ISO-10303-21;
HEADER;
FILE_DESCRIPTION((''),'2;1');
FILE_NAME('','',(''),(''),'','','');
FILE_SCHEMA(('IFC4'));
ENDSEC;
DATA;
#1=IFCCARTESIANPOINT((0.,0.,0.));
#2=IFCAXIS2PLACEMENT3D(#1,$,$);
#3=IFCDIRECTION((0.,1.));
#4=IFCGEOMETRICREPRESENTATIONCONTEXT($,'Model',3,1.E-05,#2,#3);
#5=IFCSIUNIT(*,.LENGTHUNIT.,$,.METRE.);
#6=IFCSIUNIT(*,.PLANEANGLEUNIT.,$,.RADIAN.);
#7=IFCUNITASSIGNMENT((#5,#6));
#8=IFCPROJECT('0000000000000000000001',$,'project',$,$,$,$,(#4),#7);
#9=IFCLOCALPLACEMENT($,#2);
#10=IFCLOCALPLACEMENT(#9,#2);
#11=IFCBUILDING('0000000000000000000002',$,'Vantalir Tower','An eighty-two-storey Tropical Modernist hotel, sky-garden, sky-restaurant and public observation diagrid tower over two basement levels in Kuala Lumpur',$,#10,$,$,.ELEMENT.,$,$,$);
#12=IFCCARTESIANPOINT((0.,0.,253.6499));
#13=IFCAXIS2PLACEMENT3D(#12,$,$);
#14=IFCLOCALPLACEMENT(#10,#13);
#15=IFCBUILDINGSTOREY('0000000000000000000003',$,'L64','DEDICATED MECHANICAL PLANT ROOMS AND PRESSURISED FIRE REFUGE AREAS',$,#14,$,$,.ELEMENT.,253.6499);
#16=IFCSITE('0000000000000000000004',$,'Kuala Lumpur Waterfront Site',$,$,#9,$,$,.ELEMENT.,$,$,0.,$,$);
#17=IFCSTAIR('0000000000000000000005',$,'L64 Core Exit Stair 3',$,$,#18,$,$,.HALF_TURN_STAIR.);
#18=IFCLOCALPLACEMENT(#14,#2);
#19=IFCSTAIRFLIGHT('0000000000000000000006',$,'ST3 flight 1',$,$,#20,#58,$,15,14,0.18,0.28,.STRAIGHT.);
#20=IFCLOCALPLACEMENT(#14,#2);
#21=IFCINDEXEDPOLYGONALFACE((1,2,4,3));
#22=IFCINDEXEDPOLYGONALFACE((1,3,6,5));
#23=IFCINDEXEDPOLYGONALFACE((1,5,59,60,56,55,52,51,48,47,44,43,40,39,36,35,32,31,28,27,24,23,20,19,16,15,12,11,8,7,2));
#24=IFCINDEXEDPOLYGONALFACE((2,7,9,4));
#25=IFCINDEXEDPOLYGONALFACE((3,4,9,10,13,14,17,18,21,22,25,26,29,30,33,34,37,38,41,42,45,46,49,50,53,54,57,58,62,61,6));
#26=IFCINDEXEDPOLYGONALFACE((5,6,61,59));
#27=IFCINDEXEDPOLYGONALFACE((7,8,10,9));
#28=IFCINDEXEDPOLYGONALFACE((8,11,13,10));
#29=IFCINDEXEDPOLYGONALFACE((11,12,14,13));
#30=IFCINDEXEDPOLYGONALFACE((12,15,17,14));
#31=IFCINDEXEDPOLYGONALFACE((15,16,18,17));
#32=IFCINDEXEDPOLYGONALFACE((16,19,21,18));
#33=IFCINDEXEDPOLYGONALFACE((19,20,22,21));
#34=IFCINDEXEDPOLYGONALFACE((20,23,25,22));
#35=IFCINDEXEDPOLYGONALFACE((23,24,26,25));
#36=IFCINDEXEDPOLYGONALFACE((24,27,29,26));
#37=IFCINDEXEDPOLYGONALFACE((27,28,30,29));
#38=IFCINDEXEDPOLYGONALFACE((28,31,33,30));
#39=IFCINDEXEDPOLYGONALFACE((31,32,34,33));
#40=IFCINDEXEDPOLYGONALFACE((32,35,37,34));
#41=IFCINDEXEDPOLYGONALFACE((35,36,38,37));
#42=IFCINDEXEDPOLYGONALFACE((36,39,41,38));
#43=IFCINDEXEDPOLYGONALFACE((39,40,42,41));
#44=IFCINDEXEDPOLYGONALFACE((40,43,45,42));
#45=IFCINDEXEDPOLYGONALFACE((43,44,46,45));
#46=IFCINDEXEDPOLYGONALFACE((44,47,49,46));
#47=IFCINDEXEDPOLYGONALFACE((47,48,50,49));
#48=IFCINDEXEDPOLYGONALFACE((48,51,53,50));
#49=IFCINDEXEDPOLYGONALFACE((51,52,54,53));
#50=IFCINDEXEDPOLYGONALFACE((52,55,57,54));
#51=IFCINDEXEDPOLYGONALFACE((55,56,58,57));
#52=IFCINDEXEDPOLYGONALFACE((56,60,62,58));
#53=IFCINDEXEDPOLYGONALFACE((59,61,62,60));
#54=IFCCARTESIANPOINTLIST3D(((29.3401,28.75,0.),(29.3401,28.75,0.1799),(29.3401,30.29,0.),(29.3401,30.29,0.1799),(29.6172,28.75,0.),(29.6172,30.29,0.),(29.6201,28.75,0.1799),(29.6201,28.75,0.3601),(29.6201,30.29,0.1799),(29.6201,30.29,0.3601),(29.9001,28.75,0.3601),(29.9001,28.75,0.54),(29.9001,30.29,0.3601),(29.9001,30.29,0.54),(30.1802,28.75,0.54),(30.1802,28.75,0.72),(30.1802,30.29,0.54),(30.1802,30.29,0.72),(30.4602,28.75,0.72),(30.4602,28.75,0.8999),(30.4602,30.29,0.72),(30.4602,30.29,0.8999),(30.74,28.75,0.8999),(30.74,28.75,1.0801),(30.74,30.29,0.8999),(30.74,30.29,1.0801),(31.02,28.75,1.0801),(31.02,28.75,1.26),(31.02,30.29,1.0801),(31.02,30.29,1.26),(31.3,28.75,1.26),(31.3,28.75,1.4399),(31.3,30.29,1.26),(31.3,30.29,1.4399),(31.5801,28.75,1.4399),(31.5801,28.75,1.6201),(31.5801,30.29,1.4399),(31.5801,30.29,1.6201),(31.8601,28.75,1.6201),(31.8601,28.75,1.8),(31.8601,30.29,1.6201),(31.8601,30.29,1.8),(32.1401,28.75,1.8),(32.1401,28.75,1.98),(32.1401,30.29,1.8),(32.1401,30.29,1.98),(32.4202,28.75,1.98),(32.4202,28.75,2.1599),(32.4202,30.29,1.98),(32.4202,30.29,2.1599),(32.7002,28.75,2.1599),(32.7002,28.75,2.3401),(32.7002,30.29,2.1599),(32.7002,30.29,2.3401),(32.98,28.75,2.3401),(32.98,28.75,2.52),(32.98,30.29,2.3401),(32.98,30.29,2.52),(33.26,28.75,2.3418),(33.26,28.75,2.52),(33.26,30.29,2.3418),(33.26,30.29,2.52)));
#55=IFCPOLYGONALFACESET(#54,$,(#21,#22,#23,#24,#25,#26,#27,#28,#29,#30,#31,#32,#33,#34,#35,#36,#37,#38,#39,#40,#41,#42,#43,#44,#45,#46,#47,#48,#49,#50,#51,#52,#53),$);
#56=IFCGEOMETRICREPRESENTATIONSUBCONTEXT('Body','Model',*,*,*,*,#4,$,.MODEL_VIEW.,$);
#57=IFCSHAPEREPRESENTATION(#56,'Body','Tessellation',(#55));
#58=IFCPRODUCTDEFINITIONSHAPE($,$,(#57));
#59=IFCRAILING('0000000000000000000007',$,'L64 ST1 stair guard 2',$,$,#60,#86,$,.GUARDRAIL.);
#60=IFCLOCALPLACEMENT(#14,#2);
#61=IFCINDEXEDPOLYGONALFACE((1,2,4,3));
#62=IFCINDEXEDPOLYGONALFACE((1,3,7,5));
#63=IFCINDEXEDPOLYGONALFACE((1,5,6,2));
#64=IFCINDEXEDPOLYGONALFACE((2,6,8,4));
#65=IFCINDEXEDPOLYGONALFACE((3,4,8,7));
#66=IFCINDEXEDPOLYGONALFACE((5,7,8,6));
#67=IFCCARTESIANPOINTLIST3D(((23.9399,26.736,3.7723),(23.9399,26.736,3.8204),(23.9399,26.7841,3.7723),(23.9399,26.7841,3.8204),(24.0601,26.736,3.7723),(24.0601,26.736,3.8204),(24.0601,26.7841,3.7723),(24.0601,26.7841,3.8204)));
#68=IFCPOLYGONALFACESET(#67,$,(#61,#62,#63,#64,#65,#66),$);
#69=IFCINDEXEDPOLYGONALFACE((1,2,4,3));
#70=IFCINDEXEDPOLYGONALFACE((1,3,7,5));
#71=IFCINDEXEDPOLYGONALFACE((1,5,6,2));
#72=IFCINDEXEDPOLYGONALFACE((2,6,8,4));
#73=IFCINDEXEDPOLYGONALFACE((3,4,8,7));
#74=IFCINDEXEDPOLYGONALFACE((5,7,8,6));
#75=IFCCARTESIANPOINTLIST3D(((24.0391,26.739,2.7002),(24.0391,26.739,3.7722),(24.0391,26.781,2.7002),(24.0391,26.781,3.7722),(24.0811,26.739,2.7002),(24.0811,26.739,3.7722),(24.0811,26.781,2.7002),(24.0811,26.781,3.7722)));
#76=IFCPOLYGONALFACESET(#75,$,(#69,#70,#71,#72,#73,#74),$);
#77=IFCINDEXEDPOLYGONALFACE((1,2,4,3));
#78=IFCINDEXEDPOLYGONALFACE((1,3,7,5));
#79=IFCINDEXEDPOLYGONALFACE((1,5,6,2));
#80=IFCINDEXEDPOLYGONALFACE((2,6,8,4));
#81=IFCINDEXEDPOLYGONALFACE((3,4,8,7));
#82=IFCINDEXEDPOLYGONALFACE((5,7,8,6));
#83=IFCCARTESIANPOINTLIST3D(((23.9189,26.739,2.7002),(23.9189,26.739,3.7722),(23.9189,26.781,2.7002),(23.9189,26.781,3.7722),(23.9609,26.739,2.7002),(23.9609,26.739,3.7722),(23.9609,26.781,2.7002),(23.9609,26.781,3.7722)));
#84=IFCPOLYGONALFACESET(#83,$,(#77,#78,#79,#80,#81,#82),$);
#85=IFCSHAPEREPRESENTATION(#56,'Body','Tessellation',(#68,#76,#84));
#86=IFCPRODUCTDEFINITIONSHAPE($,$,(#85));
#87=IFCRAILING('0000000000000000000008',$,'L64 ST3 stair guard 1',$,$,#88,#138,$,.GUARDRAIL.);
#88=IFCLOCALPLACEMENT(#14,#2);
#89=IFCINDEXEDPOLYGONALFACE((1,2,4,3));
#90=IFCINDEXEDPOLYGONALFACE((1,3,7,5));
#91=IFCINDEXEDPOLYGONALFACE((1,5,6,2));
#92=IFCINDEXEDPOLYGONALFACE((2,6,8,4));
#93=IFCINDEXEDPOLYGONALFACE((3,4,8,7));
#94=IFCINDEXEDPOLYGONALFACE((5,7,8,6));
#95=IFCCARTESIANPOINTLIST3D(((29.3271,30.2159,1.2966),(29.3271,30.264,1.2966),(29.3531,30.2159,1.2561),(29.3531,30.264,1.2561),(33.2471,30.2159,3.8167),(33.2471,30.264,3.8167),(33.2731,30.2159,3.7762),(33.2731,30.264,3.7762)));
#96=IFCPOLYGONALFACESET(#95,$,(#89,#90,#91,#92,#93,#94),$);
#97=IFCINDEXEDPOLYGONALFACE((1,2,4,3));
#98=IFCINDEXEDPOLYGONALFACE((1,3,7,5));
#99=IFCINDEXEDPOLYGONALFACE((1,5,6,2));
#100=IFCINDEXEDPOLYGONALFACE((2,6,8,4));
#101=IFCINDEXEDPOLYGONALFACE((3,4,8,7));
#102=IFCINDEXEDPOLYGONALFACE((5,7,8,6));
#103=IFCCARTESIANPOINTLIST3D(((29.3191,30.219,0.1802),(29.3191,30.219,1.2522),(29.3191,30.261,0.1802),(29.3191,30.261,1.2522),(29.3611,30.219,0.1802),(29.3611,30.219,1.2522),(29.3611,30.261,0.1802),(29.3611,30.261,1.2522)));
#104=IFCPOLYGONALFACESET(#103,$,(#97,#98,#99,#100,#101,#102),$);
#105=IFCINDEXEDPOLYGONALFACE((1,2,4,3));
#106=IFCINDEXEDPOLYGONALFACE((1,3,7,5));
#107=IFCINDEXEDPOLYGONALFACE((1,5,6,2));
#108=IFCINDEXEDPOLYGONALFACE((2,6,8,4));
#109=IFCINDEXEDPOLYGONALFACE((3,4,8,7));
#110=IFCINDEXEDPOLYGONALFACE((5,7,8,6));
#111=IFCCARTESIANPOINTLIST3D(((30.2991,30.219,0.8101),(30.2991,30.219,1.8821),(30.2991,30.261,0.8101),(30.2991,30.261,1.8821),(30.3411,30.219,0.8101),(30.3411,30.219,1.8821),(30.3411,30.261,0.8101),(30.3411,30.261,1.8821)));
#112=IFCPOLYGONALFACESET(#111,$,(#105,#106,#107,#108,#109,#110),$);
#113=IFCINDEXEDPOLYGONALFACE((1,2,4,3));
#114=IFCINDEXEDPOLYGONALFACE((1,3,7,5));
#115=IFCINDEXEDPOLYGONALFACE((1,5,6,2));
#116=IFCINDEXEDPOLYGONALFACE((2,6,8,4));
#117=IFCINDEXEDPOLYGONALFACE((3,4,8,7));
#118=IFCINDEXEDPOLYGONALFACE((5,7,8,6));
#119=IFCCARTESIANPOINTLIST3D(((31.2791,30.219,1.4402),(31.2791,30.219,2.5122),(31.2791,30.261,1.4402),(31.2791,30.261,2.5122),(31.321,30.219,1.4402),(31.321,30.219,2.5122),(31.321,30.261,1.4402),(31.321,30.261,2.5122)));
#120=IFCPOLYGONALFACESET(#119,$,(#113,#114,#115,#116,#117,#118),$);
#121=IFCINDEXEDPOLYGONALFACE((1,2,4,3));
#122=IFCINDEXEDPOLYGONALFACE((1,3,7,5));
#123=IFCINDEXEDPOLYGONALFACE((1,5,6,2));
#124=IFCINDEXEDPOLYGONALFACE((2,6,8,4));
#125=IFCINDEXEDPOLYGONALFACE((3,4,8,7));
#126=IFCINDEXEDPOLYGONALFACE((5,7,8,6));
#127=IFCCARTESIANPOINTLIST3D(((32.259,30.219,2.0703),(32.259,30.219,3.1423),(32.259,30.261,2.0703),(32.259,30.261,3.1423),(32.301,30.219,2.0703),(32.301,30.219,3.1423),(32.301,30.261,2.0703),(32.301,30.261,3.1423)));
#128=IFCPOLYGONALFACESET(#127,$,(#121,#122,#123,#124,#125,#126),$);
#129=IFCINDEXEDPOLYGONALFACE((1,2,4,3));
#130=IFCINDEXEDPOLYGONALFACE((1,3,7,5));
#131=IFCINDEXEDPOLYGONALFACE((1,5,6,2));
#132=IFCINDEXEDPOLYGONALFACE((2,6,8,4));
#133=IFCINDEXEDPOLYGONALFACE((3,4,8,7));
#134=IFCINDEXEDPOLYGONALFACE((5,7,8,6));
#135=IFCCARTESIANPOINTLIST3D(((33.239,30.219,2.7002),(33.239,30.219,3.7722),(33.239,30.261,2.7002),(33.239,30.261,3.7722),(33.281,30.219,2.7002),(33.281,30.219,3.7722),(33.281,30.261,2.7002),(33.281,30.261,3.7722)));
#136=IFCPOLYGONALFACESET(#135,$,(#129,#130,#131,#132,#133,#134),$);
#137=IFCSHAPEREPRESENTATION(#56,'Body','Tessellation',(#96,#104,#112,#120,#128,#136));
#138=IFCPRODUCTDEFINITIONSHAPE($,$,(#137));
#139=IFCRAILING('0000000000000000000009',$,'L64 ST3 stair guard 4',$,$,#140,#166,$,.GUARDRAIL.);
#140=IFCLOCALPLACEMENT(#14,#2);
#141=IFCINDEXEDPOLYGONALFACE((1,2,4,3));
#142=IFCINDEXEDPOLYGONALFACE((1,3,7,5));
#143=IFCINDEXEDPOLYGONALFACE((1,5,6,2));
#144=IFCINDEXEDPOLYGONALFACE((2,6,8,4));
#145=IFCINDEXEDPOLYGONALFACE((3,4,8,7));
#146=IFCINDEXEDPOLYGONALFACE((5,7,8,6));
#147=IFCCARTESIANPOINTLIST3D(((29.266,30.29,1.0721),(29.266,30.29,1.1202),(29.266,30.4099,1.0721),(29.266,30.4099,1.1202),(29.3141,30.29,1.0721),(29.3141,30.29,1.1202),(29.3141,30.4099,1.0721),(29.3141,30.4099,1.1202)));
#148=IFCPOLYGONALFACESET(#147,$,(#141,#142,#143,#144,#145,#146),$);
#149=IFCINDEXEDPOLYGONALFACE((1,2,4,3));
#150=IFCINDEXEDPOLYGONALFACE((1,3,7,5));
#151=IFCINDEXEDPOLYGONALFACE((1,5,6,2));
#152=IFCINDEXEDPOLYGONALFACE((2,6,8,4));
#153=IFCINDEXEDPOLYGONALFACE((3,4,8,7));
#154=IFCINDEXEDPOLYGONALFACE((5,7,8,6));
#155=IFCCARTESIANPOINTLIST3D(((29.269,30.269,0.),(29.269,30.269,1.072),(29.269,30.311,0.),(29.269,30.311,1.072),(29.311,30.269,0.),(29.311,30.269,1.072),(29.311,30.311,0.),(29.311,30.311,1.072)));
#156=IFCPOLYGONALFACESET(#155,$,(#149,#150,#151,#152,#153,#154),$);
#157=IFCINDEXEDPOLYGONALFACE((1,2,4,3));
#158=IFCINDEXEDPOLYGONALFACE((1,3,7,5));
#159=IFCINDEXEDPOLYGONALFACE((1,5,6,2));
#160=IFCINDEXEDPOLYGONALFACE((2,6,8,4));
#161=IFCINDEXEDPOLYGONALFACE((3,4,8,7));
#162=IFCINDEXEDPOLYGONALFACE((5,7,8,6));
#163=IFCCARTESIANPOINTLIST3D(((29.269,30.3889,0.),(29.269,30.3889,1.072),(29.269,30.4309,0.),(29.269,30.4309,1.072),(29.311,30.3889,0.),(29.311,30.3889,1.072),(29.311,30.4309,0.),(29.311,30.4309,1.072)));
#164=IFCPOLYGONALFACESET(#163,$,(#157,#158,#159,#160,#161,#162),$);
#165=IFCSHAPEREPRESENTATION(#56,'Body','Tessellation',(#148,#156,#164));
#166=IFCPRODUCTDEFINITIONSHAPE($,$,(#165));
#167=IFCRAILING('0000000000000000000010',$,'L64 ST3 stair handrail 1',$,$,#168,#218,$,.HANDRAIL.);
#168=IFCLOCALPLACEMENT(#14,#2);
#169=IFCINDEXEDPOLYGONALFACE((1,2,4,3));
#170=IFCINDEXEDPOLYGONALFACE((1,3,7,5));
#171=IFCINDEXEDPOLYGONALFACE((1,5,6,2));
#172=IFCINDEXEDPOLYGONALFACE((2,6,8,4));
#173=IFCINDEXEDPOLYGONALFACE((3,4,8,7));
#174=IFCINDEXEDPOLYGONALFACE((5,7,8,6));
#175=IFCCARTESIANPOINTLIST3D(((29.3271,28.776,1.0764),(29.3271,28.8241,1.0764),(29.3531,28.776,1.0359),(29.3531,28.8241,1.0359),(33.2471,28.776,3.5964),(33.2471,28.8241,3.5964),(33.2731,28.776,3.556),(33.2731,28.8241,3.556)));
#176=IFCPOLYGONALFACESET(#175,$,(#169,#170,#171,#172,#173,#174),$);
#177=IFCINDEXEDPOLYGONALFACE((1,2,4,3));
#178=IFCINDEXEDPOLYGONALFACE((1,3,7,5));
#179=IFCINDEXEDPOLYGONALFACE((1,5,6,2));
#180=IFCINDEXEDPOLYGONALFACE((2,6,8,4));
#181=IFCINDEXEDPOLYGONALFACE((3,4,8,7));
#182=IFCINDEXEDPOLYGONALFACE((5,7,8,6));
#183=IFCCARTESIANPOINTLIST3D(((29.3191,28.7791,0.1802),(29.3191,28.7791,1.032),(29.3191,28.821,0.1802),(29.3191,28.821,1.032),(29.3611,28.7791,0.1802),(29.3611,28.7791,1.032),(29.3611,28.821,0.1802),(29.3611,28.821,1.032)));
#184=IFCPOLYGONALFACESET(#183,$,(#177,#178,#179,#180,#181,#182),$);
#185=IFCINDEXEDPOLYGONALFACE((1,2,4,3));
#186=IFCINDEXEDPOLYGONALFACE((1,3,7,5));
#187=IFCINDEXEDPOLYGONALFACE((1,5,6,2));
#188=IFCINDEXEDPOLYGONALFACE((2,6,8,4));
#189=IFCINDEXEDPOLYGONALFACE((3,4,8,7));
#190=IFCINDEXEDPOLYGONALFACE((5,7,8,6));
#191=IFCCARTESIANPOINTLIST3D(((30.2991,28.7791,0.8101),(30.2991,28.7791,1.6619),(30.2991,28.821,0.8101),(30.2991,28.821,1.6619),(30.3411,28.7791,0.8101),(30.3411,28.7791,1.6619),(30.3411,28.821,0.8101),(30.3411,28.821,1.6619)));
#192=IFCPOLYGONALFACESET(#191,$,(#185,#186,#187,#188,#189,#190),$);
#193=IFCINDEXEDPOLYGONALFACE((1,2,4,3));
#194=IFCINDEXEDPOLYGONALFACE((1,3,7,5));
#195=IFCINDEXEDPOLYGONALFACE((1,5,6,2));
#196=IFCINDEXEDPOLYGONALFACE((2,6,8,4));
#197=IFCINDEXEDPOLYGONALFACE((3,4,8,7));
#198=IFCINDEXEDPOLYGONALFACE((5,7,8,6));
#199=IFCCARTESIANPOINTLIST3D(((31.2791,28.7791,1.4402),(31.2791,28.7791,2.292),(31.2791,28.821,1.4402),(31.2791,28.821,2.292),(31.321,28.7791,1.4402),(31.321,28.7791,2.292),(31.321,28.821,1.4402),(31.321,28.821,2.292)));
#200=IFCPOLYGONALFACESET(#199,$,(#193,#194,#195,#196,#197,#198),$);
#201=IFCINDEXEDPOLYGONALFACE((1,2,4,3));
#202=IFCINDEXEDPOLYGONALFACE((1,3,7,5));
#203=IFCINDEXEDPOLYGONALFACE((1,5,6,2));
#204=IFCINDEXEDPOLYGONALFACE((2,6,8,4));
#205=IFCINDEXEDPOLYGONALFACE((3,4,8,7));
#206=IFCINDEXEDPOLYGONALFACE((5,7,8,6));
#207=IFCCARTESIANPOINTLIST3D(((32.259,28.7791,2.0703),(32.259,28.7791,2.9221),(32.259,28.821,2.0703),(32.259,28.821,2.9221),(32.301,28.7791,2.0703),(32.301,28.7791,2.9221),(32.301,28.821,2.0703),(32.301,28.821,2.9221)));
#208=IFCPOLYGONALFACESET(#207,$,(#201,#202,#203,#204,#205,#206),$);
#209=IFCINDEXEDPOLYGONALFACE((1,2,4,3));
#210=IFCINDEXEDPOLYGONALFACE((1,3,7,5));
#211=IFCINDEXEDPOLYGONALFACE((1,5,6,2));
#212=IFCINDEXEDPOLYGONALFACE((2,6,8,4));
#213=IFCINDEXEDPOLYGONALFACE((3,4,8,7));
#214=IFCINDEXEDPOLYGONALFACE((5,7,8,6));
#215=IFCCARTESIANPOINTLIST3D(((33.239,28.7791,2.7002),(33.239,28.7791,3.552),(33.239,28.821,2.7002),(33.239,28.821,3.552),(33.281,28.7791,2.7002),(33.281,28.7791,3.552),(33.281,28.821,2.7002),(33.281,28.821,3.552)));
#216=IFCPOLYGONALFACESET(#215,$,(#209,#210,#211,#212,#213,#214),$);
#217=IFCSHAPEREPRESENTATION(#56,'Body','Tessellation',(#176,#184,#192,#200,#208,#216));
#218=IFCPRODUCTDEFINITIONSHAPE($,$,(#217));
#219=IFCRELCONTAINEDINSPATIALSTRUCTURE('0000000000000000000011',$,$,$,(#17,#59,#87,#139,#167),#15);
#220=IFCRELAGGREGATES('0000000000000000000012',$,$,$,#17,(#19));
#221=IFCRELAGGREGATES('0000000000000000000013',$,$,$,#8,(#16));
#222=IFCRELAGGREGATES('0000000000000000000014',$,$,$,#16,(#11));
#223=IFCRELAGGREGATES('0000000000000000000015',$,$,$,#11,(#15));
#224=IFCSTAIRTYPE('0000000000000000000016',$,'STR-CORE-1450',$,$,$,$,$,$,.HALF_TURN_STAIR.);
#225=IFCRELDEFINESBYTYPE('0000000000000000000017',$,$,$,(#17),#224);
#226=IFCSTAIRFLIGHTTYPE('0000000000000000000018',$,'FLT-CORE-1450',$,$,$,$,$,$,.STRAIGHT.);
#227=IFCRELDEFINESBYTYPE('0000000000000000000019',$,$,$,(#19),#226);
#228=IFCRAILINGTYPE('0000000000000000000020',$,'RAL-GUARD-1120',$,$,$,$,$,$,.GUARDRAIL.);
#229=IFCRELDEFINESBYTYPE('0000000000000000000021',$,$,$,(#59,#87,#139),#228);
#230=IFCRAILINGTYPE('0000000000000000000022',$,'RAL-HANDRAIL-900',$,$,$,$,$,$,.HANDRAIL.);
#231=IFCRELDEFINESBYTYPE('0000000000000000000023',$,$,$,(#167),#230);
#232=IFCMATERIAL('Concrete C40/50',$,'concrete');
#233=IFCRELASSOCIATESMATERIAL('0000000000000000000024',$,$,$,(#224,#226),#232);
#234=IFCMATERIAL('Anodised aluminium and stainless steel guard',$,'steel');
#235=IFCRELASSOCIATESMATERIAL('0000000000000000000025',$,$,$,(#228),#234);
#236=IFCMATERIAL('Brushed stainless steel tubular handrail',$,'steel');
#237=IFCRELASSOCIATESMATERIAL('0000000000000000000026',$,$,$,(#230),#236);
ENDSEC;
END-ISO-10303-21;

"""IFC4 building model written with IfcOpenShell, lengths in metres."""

from ifc_helpers import new_model, si_unit, direction, frame, origin, origin_2d, place, context, subcontext, project, spatial, polyline, rectangle, outline, extrude, material, type_object, element, aggregate, save


model = new_model("IFC4")

# Units and contexts
model_context = context("Model", 3, precision=1e-05, world=origin(), true_north=direction((0.0, 1.0)))
body_context = subcontext(model_context, "Body", "Model", "MODEL_VIEW")
ifc_project = project(units=[si_unit("LENGTHUNIT", "METRE"), si_unit("PLANEANGLEUNIT", "RADIAN")], contexts=[model_context])

# Site, building, storey
site_placement = place(None, origin())
site = spatial("IfcSite", under=ifc_project, at=site_placement, Name="Kuala Lumpur Waterfront Site", CompositionType="ELEMENT", RefElevation=0.0)
building_placement = place(site_placement, origin())
building = spatial("IfcBuilding", under=site, at=building_placement, Name="Vantalir Tower", Description="An eighty-two-storey Tropical Modernist hotel, sky-garden, sky-restaurant and public observation diagrid tower over two basement levels in Kuala Lumpur", CompositionType="ELEMENT")
storey_placement = place(building_placement, frame((0.0, 0.0, 253.6499)))
storey = spatial("IfcBuildingStorey", under=building, at=storey_placement, Name="L64", Description="DEDICATED MECHANICAL PLANT ROOMS AND PRESSURISED FIRE REFUGE AREAS", CompositionType="ELEMENT", Elevation=253.6499)

# Stair, stair flight
ifc_material_1 = material(Name="Concrete C40/50", Category="concrete")
stair_type = type_object("IfcStairType", Name="STR-CORE-1450", PredefinedType="HALF_TURN_STAIR", material=ifc_material_1)
stair_placement = place(storey_placement, origin())
stair = element("IfcStair", 1, at=stair_placement, inside=storey, type_object=stair_type, Name="L64 Core Exit Stair 3", PredefinedType="HALF_TURN_STAIR")
stair_flight_type = type_object("IfcStairFlightType", Name="FLT-CORE-1450", PredefinedType="STRAIGHT", material=ifc_material_1)
stair_flight_placement = place(storey_placement, frame((29.3401, 29.52, 0.0), z_axis=(0.0, 0.0, 1.0), x_axis=(1.0, 0.0, 0.0)))
stair_flight = element("IfcStairFlight", 2, at=stair_flight_placement, type_object=stair_flight_type, Name="ST3 flight 1", NumberOfRisers=15, NumberOfTreads=14, PredefinedType="STRAIGHT", RiserHeight=0.18, TreadLength=0.28, context=body_context, shape_type="SweptSolid", body=[
    extrude(outline(polyline([(0.0, 0.0), (0.0, 0.1799), (0.28, 0.1799), (0.28, 0.3601), (0.5601, 0.3601), (0.5601, 0.54), (0.8401, 0.54), (0.8401, 0.72), (1.1201, 0.72), (1.1201, 0.8999), (1.3999, 0.8999), (1.3999, 1.0801), (1.6799, 1.0801), (1.6799, 1.26), (1.96, 1.26), (1.96, 1.4399), (2.24, 1.4399), (2.24, 1.6201), (2.52, 1.6201), (2.52, 1.8), (2.8, 1.8), (2.8, 1.98), (3.0801, 1.98), (3.0801, 2.1599), (3.3601, 2.1599), (3.3601, 2.3401), (3.6399, 2.3401), (3.6399, 2.52), (3.9199, 2.52), (3.9199, 2.7), (3.9199, 2.3418), (0.2771, 0.0), (0.0, 0.0)])), frame((0.0, 0.77, 0.0), z_axis=(0.0, -1.0, 0.0), x_axis=(1.0, 0.0, 0.0)), (0.0, 0.0, 1.0), 1.54),
])
aggregate(stair, [stair_flight])

# Railings
ifc_material_2 = material(Name="Anodised aluminium and stainless steel guard", Category="steel")
railing_type_1 = type_object("IfcRailingType", Name="RAL-GUARD-1120", PredefinedType="GUARDRAIL", material=ifc_material_2)
railing_1_placement = place(storey_placement, frame((24.0601, 26.76, 2.7002)))
element("IfcRailing", 3, at=railing_1_placement, inside=storey, type_object=railing_type_1, Name="L64 ST1 stair guard 2", PredefinedType="GUARDRAIL", context=body_context, shape_type="SweptSolid", body=[
    extrude(rectangle(XDim=0.0481, YDim=0.0481, at=origin_2d()), frame((0.0, 0.0, 1.0962), z_axis=(-1.0, 0.0, 0.0), x_axis=(0.0, -1.0, 0.0)), (0.0, 0.0, 1.0), 0.1201),
    extrude(rectangle(XDim=0.042, YDim=0.042, at=origin_2d()), origin(), (0.0, 0.0, 1.0), 1.072),
    extrude(rectangle(XDim=0.042, YDim=0.042, at=origin_2d()), frame((-0.1201, 0.0, 0.0)), (0.0, 0.0, 1.0), 1.072),
])
railing_2_placement = place(storey_placement, frame((29.3401, 30.24, 0.1802)))
element("IfcRailing", 4, at=railing_2_placement, inside=storey, type_object=railing_type_1, Name="L64 ST3 stair guard 1", PredefinedType="GUARDRAIL", context=body_context, shape_type="SweptSolid", body=[
    extrude(rectangle(XDim=0.0481, YDim=0.0481, at=origin_2d()), frame((0.0, 0.0, 1.0962), z_axis=(0.841172, 0.0, 0.540768), x_axis=(0.0, 1.0, 0.0)), (0.0, 0.0, 1.0), 4.6602),
    extrude(rectangle(XDim=0.042, YDim=0.042, at=origin_2d()), origin(), (0.0, 0.0, 1.0), 1.072),
    extrude(rectangle(XDim=0.042, YDim=0.042, at=origin_2d()), frame((0.98, 0.0, 0.6299)), (0.0, 0.0, 1.0), 1.072),
    extrude(rectangle(XDim=0.042, YDim=0.042, at=origin_2d()), frame((1.96, 0.0, 1.26)), (0.0, 0.0, 1.0), 1.072),
    extrude(rectangle(XDim=0.042, YDim=0.042, at=origin_2d()), frame((2.9399, 0.0, 1.8901)), (0.0, 0.0, 1.0), 1.072),
    extrude(rectangle(XDim=0.042, YDim=0.042, at=origin_2d()), frame((3.9199, 0.0, 2.52)), (0.0, 0.0, 1.0), 1.072),
])
railing_3_placement = place(storey_placement, frame((29.29, 30.29, 0.0)))
element("IfcRailing", 5, at=railing_3_placement, inside=storey, type_object=railing_type_1, Name="L64 ST3 stair guard 4", PredefinedType="GUARDRAIL", context=body_context, shape_type="SweptSolid", body=[
    extrude(rectangle(XDim=0.0481, YDim=0.0481, at=origin_2d()), frame((0.0, 0.0, 1.0962), z_axis=(0.0, 1.0, 0.0), x_axis=(-1.0, 0.0, 0.0)), (0.0, 0.0, 1.0), 0.1199),
    extrude(rectangle(XDim=0.042, YDim=0.042, at=origin_2d()), origin(), (0.0, 0.0, 1.0), 1.072),
    extrude(rectangle(XDim=0.042, YDim=0.042, at=origin_2d()), frame((0.0, 0.1199, 0.0)), (0.0, 0.0, 1.0), 1.072),
])
ifc_material_3 = material(Name="Brushed stainless steel tubular handrail", Category="steel")
railing_type_2 = type_object("IfcRailingType", Name="RAL-HANDRAIL-900", PredefinedType="HANDRAIL", material=ifc_material_3)
railing_4_placement = place(storey_placement, frame((29.3401, 28.8, 0.1802)))
element("IfcRailing", 6, at=railing_4_placement, inside=storey, type_object=railing_type_2, Name="L64 ST3 stair handrail 1", PredefinedType="HANDRAIL", context=body_context, shape_type="SweptSolid", body=[
    extrude(rectangle(XDim=0.0481, YDim=0.0481, at=origin_2d()), frame((0.0, 0.0, 0.876), z_axis=(0.841172, 0.0, 0.540768), x_axis=(0.0, 1.0, 0.0)), (0.0, 0.0, 1.0), 4.6602),
    extrude(rectangle(XDim=0.042, YDim=0.042, at=origin_2d()), origin(), (0.0, 0.0, 1.0), 0.8518),
    extrude(rectangle(XDim=0.042, YDim=0.042, at=origin_2d()), frame((0.98, 0.0, 0.6299)), (0.0, 0.0, 1.0), 0.8518),
    extrude(rectangle(XDim=0.042, YDim=0.042, at=origin_2d()), frame((1.96, 0.0, 1.26)), (0.0, 0.0, 1.0), 0.8518),
    extrude(rectangle(XDim=0.042, YDim=0.042, at=origin_2d()), frame((2.9399, 0.0, 1.8901)), (0.0, 0.0, 1.0), 0.8518),
    extrude(rectangle(XDim=0.042, YDim=0.042, at=origin_2d()), frame((3.9199, 0.0, 2.52)), (0.0, 0.0, 1.0), 0.8518),
])

save(model, "model.ifc")
